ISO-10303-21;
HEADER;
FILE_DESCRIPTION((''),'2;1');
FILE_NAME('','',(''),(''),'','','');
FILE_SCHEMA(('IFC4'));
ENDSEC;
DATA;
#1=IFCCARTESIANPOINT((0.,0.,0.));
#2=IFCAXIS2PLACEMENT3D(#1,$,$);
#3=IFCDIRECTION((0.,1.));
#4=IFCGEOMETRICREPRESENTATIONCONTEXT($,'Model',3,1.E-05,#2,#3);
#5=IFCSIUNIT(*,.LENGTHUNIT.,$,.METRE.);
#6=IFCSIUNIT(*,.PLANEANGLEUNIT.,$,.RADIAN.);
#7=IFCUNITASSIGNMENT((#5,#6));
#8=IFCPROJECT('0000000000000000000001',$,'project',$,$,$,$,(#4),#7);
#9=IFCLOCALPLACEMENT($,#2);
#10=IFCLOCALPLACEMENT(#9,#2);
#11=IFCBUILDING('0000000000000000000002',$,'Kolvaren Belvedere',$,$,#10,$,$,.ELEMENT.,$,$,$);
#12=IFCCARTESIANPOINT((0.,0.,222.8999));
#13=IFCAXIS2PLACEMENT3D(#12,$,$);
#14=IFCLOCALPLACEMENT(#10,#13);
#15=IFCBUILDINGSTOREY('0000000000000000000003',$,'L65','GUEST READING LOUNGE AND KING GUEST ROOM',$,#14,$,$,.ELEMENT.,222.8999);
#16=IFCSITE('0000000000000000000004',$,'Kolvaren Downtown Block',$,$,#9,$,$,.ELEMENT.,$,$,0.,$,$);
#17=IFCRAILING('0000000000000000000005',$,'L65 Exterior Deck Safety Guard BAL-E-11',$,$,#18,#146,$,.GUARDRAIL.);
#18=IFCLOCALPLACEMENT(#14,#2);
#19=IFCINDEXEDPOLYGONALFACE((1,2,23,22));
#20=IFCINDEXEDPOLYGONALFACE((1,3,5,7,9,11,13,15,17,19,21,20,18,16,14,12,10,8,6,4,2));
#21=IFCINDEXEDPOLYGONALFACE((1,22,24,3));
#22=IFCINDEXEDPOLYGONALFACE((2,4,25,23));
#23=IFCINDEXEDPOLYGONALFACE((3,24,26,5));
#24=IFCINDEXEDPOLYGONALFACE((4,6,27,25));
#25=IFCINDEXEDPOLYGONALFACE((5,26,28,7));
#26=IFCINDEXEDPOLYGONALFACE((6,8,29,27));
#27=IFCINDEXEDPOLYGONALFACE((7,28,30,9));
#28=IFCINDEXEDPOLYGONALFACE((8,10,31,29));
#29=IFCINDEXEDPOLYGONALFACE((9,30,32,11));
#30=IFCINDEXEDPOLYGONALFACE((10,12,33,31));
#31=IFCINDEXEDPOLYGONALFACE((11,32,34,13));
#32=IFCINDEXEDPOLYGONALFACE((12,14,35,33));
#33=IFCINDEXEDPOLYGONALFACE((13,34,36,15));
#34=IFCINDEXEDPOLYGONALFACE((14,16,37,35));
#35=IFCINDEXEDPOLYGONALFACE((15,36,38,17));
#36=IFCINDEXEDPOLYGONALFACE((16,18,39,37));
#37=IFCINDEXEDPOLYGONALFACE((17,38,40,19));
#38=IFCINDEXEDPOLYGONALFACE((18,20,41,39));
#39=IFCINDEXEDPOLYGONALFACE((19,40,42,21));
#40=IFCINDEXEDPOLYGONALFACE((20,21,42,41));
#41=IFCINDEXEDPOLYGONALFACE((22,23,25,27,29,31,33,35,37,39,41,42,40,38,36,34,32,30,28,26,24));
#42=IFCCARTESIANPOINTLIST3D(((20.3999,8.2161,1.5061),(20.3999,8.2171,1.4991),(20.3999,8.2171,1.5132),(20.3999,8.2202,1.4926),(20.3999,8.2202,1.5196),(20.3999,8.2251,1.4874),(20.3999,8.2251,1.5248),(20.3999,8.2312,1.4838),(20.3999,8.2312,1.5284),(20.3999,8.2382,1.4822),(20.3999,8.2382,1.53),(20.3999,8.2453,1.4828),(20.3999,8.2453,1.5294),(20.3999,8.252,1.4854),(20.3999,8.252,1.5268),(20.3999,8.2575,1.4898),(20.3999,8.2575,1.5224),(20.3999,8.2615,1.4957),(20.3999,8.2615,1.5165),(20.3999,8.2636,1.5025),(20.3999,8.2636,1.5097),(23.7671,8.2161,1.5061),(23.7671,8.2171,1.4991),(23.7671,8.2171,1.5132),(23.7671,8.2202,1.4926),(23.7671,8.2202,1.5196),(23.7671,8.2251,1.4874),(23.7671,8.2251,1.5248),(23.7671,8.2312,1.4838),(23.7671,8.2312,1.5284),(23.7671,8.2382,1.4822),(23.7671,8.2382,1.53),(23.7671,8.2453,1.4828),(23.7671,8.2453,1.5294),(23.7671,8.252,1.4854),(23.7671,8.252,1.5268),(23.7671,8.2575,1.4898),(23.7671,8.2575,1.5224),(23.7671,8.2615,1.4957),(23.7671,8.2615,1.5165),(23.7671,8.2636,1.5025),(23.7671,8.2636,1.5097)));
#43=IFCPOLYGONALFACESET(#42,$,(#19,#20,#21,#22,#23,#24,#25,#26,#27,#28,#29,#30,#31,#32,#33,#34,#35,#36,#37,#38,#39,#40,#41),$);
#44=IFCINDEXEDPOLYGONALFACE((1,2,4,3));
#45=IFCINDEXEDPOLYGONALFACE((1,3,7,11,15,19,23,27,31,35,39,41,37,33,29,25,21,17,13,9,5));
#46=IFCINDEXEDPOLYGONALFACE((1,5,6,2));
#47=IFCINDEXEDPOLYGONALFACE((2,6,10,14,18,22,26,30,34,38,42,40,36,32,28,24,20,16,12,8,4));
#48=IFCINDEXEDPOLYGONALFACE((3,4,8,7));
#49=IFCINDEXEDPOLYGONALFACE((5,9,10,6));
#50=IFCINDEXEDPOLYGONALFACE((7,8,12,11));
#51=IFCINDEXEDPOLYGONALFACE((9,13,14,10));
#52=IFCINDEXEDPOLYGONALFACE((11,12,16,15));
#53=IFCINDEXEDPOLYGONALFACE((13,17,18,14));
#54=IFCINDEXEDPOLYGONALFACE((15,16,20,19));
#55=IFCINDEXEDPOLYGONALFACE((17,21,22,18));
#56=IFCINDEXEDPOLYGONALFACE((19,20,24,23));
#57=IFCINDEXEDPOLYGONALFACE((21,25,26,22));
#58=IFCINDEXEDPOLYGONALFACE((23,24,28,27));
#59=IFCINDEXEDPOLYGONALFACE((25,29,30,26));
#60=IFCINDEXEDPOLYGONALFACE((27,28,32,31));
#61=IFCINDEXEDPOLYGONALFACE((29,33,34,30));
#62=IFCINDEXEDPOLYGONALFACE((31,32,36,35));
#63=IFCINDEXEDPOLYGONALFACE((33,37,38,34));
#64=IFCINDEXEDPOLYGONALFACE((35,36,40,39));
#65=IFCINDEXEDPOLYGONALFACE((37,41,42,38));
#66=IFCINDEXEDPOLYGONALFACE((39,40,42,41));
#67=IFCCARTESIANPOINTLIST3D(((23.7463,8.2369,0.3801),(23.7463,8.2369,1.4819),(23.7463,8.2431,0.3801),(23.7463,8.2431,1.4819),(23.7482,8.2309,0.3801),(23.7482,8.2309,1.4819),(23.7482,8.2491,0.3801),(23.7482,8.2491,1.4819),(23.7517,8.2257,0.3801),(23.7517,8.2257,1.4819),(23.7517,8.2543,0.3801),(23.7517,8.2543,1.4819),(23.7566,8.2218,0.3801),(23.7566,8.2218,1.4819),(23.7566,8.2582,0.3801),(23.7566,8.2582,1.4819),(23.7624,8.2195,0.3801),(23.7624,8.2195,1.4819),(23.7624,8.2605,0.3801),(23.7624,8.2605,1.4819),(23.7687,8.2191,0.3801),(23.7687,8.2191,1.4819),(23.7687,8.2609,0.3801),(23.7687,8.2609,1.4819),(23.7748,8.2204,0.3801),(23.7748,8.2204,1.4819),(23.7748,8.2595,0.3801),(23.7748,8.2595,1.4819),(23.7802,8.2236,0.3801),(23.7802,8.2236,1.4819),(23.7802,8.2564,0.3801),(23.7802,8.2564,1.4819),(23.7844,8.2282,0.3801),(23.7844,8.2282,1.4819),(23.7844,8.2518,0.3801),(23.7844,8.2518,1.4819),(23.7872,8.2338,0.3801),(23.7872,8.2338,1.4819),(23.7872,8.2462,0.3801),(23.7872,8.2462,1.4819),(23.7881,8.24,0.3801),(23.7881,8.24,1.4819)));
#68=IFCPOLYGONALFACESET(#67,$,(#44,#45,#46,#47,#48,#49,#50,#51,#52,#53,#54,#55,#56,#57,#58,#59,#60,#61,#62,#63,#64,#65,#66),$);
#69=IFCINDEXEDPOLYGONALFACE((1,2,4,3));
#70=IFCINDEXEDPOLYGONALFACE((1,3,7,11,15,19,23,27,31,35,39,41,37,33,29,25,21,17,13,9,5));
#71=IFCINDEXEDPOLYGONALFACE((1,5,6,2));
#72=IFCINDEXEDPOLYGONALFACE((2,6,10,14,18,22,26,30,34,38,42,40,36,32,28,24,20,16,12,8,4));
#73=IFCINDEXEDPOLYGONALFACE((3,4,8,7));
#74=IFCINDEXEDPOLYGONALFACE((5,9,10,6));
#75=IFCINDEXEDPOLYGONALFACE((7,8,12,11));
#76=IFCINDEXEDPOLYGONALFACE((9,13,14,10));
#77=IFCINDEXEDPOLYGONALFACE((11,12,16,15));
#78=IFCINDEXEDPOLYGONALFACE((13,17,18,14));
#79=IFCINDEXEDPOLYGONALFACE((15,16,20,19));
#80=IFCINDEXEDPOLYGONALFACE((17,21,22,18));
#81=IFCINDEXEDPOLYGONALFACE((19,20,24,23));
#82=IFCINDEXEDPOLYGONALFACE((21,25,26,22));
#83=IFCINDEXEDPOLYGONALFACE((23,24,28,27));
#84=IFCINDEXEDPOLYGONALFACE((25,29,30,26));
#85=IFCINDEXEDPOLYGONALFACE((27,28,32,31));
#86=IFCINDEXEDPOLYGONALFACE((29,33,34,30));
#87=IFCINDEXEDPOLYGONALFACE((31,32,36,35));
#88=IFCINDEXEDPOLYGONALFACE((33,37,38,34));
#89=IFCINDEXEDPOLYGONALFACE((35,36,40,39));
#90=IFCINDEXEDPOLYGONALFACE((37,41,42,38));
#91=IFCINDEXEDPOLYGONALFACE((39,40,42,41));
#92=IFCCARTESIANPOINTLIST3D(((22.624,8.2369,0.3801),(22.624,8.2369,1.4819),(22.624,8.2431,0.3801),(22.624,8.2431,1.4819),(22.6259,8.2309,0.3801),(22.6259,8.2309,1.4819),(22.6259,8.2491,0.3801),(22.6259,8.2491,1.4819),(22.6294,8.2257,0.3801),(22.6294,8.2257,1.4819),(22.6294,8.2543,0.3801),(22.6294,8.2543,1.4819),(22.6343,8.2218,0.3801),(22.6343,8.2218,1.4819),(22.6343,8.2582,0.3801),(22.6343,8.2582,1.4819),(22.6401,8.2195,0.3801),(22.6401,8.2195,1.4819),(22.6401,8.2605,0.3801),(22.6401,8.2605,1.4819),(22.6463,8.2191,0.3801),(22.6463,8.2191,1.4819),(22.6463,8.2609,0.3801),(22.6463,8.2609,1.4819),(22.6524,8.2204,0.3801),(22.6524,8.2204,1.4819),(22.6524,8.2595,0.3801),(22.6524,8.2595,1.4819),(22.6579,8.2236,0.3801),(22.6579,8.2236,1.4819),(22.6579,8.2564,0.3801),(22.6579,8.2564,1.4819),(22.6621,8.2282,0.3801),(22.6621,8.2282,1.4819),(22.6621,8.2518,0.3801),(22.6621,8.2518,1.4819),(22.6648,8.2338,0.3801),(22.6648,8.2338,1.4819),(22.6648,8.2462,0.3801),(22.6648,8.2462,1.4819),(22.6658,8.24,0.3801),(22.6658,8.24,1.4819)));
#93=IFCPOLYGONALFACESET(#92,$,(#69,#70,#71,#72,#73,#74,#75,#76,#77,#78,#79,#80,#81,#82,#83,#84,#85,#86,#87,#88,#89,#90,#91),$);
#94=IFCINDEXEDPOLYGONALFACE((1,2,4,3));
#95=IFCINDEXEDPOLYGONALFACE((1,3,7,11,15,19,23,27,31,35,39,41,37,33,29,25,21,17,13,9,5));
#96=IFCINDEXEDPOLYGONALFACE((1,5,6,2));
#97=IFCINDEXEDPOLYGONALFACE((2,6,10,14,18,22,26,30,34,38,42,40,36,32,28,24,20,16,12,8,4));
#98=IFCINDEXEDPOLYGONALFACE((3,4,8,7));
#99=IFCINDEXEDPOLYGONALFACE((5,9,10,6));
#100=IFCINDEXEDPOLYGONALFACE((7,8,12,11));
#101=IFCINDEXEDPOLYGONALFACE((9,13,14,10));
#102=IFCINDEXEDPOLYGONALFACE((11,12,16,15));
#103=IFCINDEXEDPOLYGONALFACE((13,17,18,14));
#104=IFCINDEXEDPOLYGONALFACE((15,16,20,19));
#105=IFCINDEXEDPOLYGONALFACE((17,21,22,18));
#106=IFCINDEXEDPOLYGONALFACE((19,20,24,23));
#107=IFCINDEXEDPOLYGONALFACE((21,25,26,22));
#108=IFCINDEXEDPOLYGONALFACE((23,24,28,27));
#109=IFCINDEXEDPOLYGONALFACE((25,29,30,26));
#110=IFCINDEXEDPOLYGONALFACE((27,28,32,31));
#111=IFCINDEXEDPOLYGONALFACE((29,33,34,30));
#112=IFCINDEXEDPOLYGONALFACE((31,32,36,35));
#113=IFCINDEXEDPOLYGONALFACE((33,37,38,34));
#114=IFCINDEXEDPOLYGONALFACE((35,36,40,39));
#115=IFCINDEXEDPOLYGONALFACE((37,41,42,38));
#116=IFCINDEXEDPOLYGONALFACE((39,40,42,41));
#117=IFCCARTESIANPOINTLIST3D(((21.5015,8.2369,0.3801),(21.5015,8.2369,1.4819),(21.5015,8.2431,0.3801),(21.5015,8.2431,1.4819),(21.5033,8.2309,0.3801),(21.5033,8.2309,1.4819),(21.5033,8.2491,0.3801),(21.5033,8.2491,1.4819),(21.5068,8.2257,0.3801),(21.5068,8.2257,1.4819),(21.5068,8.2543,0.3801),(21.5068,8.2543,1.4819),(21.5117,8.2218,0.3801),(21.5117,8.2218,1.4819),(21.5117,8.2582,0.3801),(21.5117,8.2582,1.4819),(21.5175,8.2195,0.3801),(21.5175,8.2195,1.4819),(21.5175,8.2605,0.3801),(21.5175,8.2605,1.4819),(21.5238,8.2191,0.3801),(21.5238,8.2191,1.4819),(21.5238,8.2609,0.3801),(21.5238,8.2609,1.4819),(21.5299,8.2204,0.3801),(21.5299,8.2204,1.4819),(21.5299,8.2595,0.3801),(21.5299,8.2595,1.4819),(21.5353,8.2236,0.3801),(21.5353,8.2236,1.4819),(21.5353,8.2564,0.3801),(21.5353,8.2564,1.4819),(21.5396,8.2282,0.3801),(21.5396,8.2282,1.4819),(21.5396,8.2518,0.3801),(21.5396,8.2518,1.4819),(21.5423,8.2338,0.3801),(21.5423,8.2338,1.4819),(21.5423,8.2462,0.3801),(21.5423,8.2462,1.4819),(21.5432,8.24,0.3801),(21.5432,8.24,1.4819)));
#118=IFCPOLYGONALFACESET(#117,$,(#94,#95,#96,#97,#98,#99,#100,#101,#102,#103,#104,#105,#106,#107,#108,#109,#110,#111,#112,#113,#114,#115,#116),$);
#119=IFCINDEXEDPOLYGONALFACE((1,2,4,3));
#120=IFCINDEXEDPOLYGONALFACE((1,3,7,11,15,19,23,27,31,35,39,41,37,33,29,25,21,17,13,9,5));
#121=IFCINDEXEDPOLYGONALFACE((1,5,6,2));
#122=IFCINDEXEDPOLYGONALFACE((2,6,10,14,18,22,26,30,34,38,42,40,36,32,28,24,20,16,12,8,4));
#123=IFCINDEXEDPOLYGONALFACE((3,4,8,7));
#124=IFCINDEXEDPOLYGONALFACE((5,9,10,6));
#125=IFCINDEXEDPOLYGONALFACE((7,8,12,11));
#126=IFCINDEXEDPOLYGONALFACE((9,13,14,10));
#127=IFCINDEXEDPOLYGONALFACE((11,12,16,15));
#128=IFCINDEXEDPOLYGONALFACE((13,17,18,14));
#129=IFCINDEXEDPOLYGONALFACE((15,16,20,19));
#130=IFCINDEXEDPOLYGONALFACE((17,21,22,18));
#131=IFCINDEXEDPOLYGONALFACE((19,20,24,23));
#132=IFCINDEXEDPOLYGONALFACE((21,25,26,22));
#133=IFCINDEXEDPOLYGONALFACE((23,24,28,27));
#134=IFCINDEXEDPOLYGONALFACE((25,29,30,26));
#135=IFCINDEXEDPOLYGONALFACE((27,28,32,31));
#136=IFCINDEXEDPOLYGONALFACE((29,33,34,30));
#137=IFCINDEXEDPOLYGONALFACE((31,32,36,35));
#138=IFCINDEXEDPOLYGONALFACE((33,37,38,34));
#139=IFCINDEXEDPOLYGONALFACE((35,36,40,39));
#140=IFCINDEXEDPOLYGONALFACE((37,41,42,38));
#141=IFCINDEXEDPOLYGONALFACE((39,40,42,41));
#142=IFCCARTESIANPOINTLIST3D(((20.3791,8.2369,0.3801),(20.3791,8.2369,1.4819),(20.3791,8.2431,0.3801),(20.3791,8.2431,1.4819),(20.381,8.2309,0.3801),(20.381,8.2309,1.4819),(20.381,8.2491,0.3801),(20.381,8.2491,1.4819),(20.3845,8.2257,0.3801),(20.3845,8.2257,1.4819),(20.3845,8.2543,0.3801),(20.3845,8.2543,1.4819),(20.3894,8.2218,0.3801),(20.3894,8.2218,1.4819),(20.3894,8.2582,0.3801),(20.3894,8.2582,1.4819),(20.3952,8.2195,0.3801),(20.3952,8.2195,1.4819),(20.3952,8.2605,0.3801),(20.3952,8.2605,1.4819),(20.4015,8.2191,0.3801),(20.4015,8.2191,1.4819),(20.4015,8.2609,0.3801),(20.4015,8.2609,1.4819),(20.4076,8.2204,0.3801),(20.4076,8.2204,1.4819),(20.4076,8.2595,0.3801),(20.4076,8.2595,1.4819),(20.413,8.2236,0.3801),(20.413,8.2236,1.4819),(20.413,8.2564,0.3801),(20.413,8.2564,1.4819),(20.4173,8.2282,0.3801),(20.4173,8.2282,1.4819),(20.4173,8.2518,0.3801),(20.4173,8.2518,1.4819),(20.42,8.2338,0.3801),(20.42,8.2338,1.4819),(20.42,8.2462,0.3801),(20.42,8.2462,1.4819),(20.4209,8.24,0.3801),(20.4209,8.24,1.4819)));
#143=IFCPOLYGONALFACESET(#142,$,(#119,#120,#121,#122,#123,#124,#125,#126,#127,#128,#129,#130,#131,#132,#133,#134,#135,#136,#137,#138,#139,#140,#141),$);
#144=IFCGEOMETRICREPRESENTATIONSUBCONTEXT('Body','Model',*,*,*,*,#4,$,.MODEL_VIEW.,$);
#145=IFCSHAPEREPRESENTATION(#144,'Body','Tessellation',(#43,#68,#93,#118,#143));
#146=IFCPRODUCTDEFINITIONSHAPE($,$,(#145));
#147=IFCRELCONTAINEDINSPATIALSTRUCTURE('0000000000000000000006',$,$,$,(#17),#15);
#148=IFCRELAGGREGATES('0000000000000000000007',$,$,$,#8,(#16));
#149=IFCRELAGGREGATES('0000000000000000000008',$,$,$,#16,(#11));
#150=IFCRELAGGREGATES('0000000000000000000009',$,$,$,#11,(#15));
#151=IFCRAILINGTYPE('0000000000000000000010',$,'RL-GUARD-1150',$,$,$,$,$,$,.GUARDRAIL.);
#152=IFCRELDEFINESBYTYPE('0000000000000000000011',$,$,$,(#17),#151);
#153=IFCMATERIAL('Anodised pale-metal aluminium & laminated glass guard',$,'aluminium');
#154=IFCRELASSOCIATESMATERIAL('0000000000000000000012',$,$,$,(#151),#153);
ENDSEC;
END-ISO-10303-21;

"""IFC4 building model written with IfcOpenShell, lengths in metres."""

from ifc_helpers import new_model, si_unit, direction, frame, origin, origin_2d, place, context, subcontext, project, spatial, circle, extrude, material, type_object, element, save


model = new_model("IFC4")

# Units and contexts
model_context = context("Model", 3, precision=1e-05, world=origin(), true_north=direction((0.0, 1.0)))
body_context = subcontext(model_context, "Body", "Model", "MODEL_VIEW")
ifc_project = project(units=[si_unit("LENGTHUNIT", "METRE"), si_unit("PLANEANGLEUNIT", "RADIAN")], contexts=[model_context])

# Site, building, storey
site_placement = place(None, origin())
site = spatial("IfcSite", under=ifc_project, at=site_placement, Name="Kolvaren Downtown Block", CompositionType="ELEMENT", RefElevation=0.0)
building_placement = place(site_placement, origin())
building = spatial("IfcBuilding", under=site, at=building_placement, Name="Kolvaren Belvedere", CompositionType="ELEMENT")
storey_placement = place(building_placement, frame((0.0, 0.0, 222.8999)))
storey = spatial("IfcBuildingStorey", under=building, at=storey_placement, Name="L65", Description="GUEST READING LOUNGE AND KING GUEST ROOM", CompositionType="ELEMENT", Elevation=222.8999)

# Railing
ifc_material_1 = material(Name="Anodised pale-metal aluminium & laminated glass guard", Category="aluminium")
railing_type = type_object("IfcRailingType", Name="RL-GUARD-1150", PredefinedType="GUARDRAIL", material=ifc_material_1)
railing_1_placement = place(storey_placement, frame((23.7671, 8.24, 0.3801)))
element("IfcRailing", 1, at=railing_1_placement, inside=storey, type_object=railing_type, Name="L65 Exterior Deck Safety Guard BAL-E-11", PredefinedType="GUARDRAIL", context=body_context, shape_type="SweptSolid", body=[
    extrude(circle(Radius=0.0239, at=origin_2d()), frame((0.0, 0.0, 1.126), z_axis=(-1.0, 0.0, 0.0), x_axis=(0.0, -1.0, 0.0)), (0.0, 0.0, 1.0), 3.3672),
    extrude(circle(Radius=0.021, at=origin_2d()), origin(), (0.0, 0.0, 1.0), 1.1018),
    extrude(circle(Radius=0.021, at=origin_2d()), frame((-1.1223, 0.0, 0.0)), (0.0, 0.0, 1.0), 1.1018),
    extrude(circle(Radius=0.021, at=origin_2d()), frame((-2.2449, 0.0, 0.0)), (0.0, 0.0, 1.0), 1.1018),
    extrude(circle(Radius=0.021, at=origin_2d()), frame((-3.3672, 0.0, 0.0)), (0.0, 0.0, 1.0), 1.1018),
])

save(model, "model.ifc")
